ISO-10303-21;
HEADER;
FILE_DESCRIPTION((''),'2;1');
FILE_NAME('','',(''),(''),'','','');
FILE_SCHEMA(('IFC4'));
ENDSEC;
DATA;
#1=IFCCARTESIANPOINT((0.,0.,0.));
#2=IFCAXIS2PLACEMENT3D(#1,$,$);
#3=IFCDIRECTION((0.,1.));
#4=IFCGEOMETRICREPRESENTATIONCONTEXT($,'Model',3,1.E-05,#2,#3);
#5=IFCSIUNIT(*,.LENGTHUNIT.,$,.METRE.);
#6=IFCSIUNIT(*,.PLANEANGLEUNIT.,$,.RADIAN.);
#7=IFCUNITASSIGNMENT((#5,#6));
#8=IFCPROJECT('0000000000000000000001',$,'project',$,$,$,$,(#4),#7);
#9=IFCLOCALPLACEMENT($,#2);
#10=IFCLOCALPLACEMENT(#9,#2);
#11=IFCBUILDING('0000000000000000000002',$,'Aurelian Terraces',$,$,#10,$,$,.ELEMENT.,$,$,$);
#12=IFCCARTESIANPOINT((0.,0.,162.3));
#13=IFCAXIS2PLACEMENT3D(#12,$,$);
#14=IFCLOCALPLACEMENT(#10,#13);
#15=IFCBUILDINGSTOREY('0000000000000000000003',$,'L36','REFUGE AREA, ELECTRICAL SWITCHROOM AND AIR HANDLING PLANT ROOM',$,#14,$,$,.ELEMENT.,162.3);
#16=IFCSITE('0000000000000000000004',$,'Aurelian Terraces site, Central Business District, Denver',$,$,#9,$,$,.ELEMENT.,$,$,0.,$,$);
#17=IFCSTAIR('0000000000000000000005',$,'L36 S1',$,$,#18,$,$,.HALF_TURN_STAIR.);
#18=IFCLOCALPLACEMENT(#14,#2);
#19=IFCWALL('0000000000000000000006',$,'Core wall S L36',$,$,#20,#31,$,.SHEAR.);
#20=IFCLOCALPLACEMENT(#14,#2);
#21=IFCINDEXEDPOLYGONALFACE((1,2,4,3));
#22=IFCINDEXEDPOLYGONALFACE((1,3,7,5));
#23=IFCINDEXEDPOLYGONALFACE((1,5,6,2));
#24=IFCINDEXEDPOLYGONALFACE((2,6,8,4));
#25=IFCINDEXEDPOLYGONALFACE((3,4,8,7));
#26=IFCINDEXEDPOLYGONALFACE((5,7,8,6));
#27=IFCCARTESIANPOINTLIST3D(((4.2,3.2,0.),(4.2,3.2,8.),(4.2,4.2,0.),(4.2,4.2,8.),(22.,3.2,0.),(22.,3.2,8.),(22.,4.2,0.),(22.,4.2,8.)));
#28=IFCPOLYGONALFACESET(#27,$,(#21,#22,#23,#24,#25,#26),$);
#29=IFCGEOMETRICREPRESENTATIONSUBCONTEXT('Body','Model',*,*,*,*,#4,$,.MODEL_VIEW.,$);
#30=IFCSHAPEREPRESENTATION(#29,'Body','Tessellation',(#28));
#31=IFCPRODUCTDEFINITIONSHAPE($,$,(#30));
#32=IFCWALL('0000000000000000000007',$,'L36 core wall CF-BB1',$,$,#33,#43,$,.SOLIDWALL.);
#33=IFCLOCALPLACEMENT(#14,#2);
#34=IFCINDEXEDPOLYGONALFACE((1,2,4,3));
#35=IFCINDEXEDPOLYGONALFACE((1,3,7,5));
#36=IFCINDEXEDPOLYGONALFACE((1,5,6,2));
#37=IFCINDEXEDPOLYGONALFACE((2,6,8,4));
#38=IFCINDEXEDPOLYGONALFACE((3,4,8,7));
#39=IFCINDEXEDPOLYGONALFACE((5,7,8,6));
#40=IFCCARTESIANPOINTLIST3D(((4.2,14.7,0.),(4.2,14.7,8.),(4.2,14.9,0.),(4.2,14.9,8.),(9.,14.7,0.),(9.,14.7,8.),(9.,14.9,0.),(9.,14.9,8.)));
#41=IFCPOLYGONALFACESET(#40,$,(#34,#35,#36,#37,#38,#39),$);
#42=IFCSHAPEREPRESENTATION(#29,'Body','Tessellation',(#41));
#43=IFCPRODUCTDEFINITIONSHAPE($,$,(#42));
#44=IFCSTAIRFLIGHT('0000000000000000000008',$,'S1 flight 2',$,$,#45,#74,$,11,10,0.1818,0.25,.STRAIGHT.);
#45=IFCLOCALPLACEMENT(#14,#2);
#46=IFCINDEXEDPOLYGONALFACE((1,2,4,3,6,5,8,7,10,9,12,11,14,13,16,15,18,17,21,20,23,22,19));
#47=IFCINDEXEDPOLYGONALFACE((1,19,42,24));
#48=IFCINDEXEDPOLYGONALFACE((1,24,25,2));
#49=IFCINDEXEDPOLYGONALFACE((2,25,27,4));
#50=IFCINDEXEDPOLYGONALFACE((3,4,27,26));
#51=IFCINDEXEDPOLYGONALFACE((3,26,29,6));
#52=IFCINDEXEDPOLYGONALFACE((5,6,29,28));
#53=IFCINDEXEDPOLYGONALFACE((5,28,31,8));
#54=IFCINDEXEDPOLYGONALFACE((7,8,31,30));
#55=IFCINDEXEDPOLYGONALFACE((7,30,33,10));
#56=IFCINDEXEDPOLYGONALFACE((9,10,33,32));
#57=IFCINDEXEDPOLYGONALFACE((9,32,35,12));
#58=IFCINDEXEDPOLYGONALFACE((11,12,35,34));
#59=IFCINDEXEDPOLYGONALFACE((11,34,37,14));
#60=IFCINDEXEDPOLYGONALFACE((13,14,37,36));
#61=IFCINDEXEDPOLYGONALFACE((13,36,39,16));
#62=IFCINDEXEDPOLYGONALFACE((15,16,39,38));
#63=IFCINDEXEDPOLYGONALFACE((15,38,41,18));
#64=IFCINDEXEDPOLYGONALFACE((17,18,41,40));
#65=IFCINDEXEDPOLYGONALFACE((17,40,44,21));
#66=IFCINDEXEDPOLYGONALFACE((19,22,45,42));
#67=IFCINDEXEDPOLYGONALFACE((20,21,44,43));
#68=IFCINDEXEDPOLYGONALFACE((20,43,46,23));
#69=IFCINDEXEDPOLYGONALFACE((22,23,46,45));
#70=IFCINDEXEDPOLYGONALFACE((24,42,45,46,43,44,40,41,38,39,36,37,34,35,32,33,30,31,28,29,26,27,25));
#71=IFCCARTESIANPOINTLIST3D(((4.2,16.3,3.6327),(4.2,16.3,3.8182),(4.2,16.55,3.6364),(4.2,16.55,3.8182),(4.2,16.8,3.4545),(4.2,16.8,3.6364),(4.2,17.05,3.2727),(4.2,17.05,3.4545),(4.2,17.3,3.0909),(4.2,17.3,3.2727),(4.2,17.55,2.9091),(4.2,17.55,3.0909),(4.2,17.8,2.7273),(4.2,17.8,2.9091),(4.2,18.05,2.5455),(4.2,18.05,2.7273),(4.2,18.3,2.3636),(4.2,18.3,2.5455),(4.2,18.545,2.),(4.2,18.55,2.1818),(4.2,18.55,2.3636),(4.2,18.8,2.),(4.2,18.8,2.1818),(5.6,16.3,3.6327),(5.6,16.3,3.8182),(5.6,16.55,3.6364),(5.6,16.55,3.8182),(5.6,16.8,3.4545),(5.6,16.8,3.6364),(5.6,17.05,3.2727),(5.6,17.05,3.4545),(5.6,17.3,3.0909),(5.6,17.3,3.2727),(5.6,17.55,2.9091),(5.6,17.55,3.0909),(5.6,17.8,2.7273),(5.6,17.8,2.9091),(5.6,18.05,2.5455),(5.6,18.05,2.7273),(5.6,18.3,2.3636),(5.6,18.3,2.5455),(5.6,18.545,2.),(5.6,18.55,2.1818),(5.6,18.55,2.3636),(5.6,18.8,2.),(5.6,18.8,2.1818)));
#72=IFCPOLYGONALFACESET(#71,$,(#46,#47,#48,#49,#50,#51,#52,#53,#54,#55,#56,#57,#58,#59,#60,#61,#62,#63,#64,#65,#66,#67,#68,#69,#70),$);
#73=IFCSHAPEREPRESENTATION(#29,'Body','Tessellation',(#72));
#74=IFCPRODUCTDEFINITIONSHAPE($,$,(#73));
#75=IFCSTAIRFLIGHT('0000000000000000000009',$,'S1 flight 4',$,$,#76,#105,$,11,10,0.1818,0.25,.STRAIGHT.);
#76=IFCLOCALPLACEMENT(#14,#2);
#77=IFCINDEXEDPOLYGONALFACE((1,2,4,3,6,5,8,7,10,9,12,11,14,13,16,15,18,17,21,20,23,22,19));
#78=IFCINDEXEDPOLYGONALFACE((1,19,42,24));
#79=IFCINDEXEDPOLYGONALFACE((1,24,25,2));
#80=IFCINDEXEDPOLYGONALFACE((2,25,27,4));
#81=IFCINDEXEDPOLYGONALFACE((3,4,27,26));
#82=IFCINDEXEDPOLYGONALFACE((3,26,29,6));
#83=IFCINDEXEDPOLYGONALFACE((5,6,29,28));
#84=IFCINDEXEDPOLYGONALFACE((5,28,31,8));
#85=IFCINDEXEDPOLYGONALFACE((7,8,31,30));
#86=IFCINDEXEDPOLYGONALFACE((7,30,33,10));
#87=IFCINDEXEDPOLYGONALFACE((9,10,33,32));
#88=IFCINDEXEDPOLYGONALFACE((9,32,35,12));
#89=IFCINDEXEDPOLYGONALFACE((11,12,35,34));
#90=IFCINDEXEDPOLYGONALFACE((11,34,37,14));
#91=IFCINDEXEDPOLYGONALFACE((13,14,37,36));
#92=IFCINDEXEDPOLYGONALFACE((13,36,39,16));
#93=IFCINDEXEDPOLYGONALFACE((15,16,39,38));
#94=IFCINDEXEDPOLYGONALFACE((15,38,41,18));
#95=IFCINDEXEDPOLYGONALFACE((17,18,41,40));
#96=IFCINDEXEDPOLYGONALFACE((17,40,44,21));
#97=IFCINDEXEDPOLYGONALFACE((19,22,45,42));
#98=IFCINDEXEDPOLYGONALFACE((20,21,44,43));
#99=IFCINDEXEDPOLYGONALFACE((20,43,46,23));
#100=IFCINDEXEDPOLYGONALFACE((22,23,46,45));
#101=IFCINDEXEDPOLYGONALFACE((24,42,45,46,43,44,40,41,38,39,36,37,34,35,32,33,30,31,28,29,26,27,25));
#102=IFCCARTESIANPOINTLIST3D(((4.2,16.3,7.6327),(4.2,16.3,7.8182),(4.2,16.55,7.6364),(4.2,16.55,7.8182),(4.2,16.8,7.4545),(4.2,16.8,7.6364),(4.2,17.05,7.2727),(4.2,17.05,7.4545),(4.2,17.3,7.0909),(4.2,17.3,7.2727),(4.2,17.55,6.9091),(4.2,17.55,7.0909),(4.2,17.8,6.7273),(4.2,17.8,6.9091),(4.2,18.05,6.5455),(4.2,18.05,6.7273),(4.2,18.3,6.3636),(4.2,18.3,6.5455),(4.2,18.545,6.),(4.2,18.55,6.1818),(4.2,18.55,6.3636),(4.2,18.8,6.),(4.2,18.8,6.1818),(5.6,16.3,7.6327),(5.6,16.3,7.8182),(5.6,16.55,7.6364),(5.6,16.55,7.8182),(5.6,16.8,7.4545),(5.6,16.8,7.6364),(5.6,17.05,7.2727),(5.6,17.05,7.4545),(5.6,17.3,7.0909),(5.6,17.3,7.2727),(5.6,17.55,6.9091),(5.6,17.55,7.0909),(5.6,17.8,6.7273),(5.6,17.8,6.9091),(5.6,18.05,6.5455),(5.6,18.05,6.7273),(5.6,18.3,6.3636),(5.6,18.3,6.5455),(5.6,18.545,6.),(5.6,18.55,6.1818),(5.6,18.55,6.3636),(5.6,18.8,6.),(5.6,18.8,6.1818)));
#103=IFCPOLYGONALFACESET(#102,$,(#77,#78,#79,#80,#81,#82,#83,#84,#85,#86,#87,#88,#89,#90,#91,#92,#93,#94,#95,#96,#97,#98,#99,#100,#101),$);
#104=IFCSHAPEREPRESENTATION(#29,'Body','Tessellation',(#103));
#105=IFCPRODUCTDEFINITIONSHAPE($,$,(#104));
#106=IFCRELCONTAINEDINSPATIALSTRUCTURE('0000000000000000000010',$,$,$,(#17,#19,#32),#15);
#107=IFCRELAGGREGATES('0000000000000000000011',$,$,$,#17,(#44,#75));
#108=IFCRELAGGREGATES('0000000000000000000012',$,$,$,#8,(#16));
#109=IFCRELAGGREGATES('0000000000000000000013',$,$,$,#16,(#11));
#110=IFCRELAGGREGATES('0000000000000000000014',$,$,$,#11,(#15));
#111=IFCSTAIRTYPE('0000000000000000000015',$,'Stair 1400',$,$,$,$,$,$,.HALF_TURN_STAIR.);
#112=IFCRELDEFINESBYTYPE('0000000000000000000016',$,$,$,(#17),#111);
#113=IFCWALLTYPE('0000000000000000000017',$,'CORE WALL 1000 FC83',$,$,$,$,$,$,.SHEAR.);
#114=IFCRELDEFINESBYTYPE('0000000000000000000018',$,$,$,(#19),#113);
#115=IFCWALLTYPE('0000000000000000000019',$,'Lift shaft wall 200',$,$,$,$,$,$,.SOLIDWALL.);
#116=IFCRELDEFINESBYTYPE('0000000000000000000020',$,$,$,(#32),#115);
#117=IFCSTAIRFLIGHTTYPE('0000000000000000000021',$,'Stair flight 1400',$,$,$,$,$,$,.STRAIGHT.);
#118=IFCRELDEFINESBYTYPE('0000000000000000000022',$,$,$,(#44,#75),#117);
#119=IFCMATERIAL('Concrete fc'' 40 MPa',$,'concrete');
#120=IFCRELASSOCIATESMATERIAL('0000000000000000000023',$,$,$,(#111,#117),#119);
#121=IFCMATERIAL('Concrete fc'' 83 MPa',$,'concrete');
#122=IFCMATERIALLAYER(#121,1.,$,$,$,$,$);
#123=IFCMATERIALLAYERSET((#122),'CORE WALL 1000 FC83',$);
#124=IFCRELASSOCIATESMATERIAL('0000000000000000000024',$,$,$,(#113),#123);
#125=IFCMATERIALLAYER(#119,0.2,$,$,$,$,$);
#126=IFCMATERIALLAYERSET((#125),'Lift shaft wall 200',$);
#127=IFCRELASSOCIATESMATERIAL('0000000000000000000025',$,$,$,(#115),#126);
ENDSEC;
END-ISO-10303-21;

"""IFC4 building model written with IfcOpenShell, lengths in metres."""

from ifc_helpers import new_model, si_unit, direction, frame, frame_2d, origin, place, context, subcontext, project, spatial, polyline, rectangle, outline, extrude, source, transform, mapped, material, layer, layer_set, type_object, element, aggregate, save


model = new_model("IFC4")

# Units and contexts
model_context = context("Model", 3, precision=1e-05, world=origin(), true_north=direction((0.0, 1.0)))
body_context = subcontext(model_context, "Body", "Model", "MODEL_VIEW")
ifc_project = project(units=[si_unit("LENGTHUNIT", "METRE"), si_unit("PLANEANGLEUNIT", "RADIAN")], contexts=[model_context])

# Site, building, storey
site_placement = place(None, origin())
site = spatial("IfcSite", under=ifc_project, at=site_placement, Name="Aurelian Terraces site, Central Business District, Denver", CompositionType="ELEMENT", RefElevation=0.0)
building_placement = place(site_placement, origin())
building = spatial("IfcBuilding", under=site, at=building_placement, Name="Aurelian Terraces", CompositionType="ELEMENT")
storey_placement = place(building_placement, frame((0.0, 0.0, 162.3)))
storey = spatial("IfcBuildingStorey", under=building, at=storey_placement, Name="L36", Description="REFUGE AREA, ELECTRICAL SWITCHROOM AND AIR HANDLING PLANT ROOM", CompositionType="ELEMENT", Elevation=162.3)

# Shared definitions
ifc_material_1 = material(Name="Concrete fc' 83 MPa", Category="concrete")

# Shared definitions
ifc_material_2 = material(Name="Concrete fc' 40 MPa", Category="concrete")

# Stair
stair_type = type_object("IfcStairType", Name="Stair 1400", PredefinedType="HALF_TURN_STAIR", material=ifc_material_2)
stair_1_placement = place(storey_placement, origin())
stair_1 = element("IfcStair", 1, at=stair_1_placement, inside=storey, type_object=stair_type, Name="L36 S1", PredefinedType="HALF_TURN_STAIR")

# Shared definitions
ifc_layer_1 = layer(ifc_material_1, 1.0)
ifc_layer_set_1 = layer_set([ifc_layer_1], Name="CORE WALL 1000 FC83")
wall_type_1 = type_object("IfcWallType", Name="CORE WALL 1000 FC83", PredefinedType="SHEAR", material=ifc_layer_set_1)

# Walls
ifc_layer_2 = layer(ifc_material_2, 0.2)
ifc_layer_set_2 = layer_set([ifc_layer_2], Name="Lift shaft wall 200")
wall_type_2 = type_object("IfcWallType", Name="Lift shaft wall 200", PredefinedType="SOLIDWALL", material=ifc_layer_set_2)
shared_shape_1 = source(origin(), body_context, "Body", "SweptSolid", [
    extrude(rectangle(XDim=17.8, YDim=1.0, at=frame_2d((8.9, 0.0))), origin(), (0.0, 0.0, 1.0), 8.0),
])
wall_1_placement = place(storey_placement, frame((4.2, 3.7, 0.0), z_axis=(0.0, 0.0, 1.0), x_axis=(1.0, 0.0, 0.0)))
element("IfcWall", 2, at=wall_1_placement, inside=storey, type_object=wall_type_1, Name="Core wall S L36", PredefinedType="SHEAR", context=body_context, shape_type="MappedRepresentation", body=[
    mapped(shared_shape_1, transform((0.0, 0.0, 0.0), scale=1.0)),
])
shared_shape_2 = source(origin(), body_context, "Body", "SweptSolid", [
    extrude(rectangle(XDim=4.8, YDim=0.2, at=frame_2d((2.4, 0.0))), origin(), (0.0, 0.0, 1.0), 8.0),
])
wall_2_placement = place(storey_placement, frame((4.2, 14.8, 0.0), z_axis=(0.0, 0.0, 1.0), x_axis=(1.0, 0.0, 0.0)))
element("IfcWall", 3, at=wall_2_placement, inside=storey, type_object=wall_type_2, Name="L36 core wall CF-BB1", PredefinedType="SOLIDWALL", context=body_context, shape_type="MappedRepresentation", body=[
    mapped(shared_shape_2, transform((0.0, 0.0, 0.0), scale=1.0)),
])

# Stair flights
stair_flight_type = type_object("IfcStairFlightType", Name="Stair flight 1400", PredefinedType="STRAIGHT", material=ifc_material_2)
shared_shape_3 = source(origin(), body_context, "Body", "SweptSolid", [
    extrude(outline(polyline([(0.0, 0.0), (0.0, 0.1818), (0.25, 0.1818), (0.25, 0.3636), (0.5, 0.3636), (0.5, 0.5455), (0.75, 0.5455), (0.75, 0.7273), (1.0, 0.7273), (1.0, 0.9091), (1.25, 0.9091), (1.25, 1.0909), (1.5, 1.0909), (1.5, 1.2727), (1.75, 1.2727), (1.75, 1.4545), (2.0, 1.4545), (2.0, 1.6364), (2.25, 1.6364), (2.25, 1.8182), (2.5, 1.8182), (2.5, 2.0), (2.5, 1.6327), (0.255, 0.0), (0.0, 0.0)])), frame((0.0, 0.7, 0.0), z_axis=(0.0, -1.0, 0.0), x_axis=(1.0, 0.0, 0.0)), (0.0, 0.0, 1.0), 1.4),
])
stair_flight_1_placement = place(storey_placement, frame((4.9, 18.8, 2.0), z_axis=(0.0, 0.0, 1.0), x_axis=(0.0, -1.0, 0.0)))
stair_flight_1 = element("IfcStairFlight", 4, at=stair_flight_1_placement, type_object=stair_flight_type, Name="S1 flight 2", NumberOfRisers=11, NumberOfTreads=10, PredefinedType="STRAIGHT", RiserHeight=0.1818, TreadLength=0.25, context=body_context, shape_type="MappedRepresentation", body=[
    mapped(shared_shape_3, transform((0.0, 0.0, 0.0), scale=1.0)),
])
stair_flight_2_placement = place(storey_placement, frame((4.9, 18.8, 6.0), z_axis=(0.0, 0.0, 1.0), x_axis=(0.0, -1.0, 0.0)))
stair_flight_2 = element("IfcStairFlight", 5, at=stair_flight_2_placement, type_object=stair_flight_type, Name="S1 flight 4", NumberOfRisers=11, NumberOfTreads=10, PredefinedType="STRAIGHT", RiserHeight=0.1818, TreadLength=0.25, context=body_context, shape_type="MappedRepresentation", body=[
    mapped(shared_shape_3, transform((0.0, 0.0, 0.0), scale=1.0)),
])
aggregate(stair_1, [stair_flight_1, stair_flight_2])

save(model, "model.ifc")
